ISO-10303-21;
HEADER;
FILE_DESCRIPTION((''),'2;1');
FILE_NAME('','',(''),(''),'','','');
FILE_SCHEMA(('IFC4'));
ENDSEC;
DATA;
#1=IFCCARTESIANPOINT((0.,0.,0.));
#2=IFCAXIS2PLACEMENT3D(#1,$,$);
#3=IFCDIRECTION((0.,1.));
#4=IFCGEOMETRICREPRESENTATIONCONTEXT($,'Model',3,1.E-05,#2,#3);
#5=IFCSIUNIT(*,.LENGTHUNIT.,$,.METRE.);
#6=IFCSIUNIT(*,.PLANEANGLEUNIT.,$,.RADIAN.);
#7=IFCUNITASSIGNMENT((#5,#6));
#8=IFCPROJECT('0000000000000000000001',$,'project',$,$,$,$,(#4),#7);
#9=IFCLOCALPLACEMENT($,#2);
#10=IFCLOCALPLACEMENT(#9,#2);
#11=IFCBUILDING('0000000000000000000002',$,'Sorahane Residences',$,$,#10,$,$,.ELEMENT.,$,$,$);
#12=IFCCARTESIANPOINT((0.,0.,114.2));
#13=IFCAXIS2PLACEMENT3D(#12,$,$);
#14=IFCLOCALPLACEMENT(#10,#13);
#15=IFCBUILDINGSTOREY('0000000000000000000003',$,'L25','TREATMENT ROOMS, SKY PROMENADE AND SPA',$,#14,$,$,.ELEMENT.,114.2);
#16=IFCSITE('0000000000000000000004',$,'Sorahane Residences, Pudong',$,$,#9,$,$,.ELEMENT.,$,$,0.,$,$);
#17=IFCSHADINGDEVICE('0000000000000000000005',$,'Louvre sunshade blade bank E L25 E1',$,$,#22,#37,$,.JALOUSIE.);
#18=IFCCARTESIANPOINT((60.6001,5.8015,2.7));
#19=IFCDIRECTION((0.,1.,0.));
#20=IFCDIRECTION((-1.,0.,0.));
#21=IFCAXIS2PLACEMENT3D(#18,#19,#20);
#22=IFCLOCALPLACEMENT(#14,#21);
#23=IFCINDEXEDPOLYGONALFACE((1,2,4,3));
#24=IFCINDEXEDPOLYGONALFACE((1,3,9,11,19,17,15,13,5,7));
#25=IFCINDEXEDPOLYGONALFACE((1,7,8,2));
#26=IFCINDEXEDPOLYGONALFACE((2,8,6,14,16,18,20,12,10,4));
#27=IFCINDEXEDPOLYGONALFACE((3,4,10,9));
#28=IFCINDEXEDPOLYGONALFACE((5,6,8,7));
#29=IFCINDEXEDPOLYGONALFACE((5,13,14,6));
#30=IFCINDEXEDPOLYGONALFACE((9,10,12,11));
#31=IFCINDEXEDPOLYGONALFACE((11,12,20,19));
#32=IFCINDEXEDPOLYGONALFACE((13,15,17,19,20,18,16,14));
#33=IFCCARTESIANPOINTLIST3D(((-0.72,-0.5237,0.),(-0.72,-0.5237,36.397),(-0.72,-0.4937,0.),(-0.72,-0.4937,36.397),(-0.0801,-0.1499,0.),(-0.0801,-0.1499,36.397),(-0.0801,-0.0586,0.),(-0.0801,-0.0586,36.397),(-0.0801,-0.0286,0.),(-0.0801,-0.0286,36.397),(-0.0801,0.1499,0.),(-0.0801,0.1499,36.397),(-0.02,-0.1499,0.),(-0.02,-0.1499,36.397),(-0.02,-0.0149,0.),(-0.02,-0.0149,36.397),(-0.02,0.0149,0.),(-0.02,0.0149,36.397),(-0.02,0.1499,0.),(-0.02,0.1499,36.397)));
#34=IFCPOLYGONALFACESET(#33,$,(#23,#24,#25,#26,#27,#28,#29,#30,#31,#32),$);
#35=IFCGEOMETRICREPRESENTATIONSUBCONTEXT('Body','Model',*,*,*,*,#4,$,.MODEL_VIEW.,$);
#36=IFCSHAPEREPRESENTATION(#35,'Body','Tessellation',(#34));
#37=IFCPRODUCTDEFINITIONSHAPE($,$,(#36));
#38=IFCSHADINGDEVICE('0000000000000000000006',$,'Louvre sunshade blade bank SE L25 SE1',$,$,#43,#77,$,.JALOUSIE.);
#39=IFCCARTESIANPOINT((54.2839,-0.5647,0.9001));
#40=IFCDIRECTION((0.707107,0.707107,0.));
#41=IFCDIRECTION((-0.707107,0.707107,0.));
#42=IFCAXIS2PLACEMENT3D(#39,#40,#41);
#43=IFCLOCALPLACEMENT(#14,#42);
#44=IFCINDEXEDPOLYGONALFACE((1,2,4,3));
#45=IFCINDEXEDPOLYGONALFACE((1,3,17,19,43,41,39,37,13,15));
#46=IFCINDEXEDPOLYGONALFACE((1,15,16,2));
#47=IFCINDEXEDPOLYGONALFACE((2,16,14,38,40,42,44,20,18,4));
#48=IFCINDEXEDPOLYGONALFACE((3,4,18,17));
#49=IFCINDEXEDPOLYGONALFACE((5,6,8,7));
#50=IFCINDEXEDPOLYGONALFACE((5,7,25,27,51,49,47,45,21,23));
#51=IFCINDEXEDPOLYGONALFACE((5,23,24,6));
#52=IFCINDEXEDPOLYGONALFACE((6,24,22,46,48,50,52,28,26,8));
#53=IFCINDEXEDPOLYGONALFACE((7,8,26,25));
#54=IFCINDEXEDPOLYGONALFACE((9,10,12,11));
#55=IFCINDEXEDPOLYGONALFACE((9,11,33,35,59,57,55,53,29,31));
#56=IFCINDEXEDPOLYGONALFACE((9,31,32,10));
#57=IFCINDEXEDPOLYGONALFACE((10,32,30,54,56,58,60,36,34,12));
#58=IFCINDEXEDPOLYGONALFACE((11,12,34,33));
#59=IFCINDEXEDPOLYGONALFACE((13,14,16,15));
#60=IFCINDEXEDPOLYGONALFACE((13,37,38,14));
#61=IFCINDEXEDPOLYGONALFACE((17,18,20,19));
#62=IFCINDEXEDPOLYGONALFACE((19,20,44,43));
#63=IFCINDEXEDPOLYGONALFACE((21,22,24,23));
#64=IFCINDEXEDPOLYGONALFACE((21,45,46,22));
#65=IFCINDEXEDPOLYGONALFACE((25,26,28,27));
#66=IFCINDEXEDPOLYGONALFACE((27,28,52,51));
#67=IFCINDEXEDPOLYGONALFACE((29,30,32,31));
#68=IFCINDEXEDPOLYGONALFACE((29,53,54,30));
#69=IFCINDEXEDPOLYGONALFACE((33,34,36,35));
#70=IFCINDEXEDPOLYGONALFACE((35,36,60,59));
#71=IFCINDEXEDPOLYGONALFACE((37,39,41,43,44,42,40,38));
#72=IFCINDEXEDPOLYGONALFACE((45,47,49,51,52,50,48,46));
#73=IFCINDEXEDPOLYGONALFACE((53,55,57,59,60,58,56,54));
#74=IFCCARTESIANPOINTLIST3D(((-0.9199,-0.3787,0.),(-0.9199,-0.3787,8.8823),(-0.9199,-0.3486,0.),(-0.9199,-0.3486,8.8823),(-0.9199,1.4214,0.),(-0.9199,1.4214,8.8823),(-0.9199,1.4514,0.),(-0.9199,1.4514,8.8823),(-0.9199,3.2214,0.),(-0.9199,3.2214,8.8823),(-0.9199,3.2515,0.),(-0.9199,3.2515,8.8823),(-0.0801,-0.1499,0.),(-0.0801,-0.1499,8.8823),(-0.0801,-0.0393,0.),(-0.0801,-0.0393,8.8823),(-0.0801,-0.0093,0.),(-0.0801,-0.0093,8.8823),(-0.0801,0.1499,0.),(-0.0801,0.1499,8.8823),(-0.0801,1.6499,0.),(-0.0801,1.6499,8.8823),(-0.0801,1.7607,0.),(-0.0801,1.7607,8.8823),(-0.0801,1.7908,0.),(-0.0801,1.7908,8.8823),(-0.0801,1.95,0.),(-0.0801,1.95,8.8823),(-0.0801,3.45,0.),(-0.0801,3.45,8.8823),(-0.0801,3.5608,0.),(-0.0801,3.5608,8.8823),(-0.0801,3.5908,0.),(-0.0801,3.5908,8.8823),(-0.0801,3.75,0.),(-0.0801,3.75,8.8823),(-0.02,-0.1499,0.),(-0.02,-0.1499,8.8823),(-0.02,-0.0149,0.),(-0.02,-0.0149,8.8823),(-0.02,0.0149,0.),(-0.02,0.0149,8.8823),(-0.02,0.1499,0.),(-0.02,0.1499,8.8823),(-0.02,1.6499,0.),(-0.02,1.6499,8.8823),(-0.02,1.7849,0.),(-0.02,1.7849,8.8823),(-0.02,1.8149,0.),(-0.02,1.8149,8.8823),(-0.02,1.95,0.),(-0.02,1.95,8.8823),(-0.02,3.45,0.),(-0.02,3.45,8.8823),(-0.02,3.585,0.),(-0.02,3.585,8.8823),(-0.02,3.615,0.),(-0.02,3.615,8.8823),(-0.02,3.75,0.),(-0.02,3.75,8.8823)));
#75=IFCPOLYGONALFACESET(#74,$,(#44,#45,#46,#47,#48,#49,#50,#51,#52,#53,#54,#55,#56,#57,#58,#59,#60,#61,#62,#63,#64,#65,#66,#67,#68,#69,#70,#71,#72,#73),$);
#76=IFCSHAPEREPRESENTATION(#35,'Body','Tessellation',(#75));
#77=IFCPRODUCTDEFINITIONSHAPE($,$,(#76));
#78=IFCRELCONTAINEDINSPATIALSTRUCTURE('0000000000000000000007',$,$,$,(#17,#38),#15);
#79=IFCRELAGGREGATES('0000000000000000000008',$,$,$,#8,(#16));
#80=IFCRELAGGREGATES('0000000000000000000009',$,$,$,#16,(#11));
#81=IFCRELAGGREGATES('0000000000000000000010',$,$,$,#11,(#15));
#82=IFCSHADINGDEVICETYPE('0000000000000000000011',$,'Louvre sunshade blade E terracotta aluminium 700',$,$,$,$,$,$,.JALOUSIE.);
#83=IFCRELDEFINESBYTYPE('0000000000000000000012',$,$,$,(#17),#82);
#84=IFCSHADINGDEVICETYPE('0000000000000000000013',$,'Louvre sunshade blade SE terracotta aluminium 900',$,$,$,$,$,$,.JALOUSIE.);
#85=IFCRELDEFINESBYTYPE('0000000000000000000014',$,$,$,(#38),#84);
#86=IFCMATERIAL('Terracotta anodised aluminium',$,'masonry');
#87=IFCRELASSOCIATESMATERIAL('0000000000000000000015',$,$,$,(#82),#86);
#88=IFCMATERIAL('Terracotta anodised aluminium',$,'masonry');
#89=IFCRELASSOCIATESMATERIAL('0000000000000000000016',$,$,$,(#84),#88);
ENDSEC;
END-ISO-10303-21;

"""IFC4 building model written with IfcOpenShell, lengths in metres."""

from ifc_helpers import new_model, si_unit, direction, frame, origin, place, context, subcontext, project, spatial, polyline, outline, composite_profile, extrude, material, type_object, element, save


model = new_model("IFC4")

# Units and contexts
model_context = context("Model", 3, precision=1e-05, world=origin(), true_north=direction((0.0, 1.0)))
body_context = subcontext(model_context, "Body", "Model", "MODEL_VIEW")
ifc_project = project(units=[si_unit("LENGTHUNIT", "METRE"), si_unit("PLANEANGLEUNIT", "RADIAN")], contexts=[model_context])

# Site, building, storey
site_placement = place(None, origin())
site = spatial("IfcSite", under=ifc_project, at=site_placement, Name="Sorahane Residences, Pudong", CompositionType="ELEMENT", RefElevation=0.0)
building_placement = place(site_placement, origin())
building = spatial("IfcBuilding", under=site, at=building_placement, Name="Sorahane Residences", CompositionType="ELEMENT")
storey_placement = place(building_placement, frame((0.0, 0.0, 114.2)))
storey = spatial("IfcBuildingStorey", under=building, at=storey_placement, Name="L25", Description="TREATMENT ROOMS, SKY PROMENADE AND SPA", CompositionType="ELEMENT", Elevation=114.2)

# Shading devices
ifc_material_1 = material(Name="Terracotta anodised aluminium", Category="masonry")
shading_device_type_1 = type_object("IfcShadingDeviceType", Name="Louvre sunshade blade E terracotta aluminium 700", PredefinedType="JALOUSIE", material=ifc_material_1)
shading_device_1_placement = place(storey_placement, frame((60.6001, 5.8015, 2.7), z_axis=(0.0, 1.0, 0.0), x_axis=(-1.0, 0.0, 0.0)))
element("IfcShadingDevice", 1, at=shading_device_1_placement, inside=storey, type_object=shading_device_type_1, Name="Louvre sunshade blade bank E L25 E1", PredefinedType="JALOUSIE", context=body_context, shape_type="SweptSolid", body=[
    extrude(outline(polyline([(-0.72, -0.4937), (-0.72, -0.5237), (-0.0801, -0.0586), (-0.0801, -0.1499), (-0.02, -0.1499), (-0.02, -0.0149), (-0.02, 0.0149), (-0.02, 0.1499), (-0.0801, 0.1499), (-0.0801, -0.0286), (-0.72, -0.4937)])), origin(), (0.0, 0.0, 1.0), 36.397),
])
ifc_material_2 = material(Name="Terracotta anodised aluminium", Category="masonry")
shading_device_type_2 = type_object("IfcShadingDeviceType", Name="Louvre sunshade blade SE terracotta aluminium 900", PredefinedType="JALOUSIE", material=ifc_material_2)
shading_device_2_placement = place(storey_placement, frame((54.2839, -0.5647, 0.9001), z_axis=(0.707107, 0.707107, 0.0), x_axis=(-0.707107, 0.707107, 0.0)))
element("IfcShadingDevice", 2, at=shading_device_2_placement, inside=storey, type_object=shading_device_type_2, Name="Louvre sunshade blade bank SE L25 SE1", PredefinedType="JALOUSIE", context=body_context, shape_type="SweptSolid", body=[
    extrude(composite_profile([outline(polyline([(-0.9199, -0.3486), (-0.9199, -0.3787), (-0.0801, -0.0393), (-0.0801, -0.1499), (-0.02, -0.1499), (-0.02, -0.0149), (-0.02, 0.0149), (-0.02, 0.1499), (-0.0801, 0.1499), (-0.0801, -0.0093), (-0.9199, -0.3486)])), outline(polyline([(-0.9199, 1.4514), (-0.9199, 1.4214), (-0.0801, 1.7607), (-0.0801, 1.6499), (-0.02, 1.6499), (-0.02, 1.7849), (-0.02, 1.8149), (-0.02, 1.95), (-0.0801, 1.95), (-0.0801, 1.7908), (-0.9199, 1.4514)])), outline(polyline([(-0.9199, 3.2515), (-0.9199, 3.2214), (-0.0801, 3.5608), (-0.0801, 3.45), (-0.02, 3.45), (-0.02, 3.585), (-0.02, 3.615), (-0.02, 3.75), (-0.0801, 3.75), (-0.0801, 3.5908), (-0.9199, 3.2515)]))]), origin(), (0.0, 0.0, 1.0), 8.8823),
])

save(model, "model.ifc")
